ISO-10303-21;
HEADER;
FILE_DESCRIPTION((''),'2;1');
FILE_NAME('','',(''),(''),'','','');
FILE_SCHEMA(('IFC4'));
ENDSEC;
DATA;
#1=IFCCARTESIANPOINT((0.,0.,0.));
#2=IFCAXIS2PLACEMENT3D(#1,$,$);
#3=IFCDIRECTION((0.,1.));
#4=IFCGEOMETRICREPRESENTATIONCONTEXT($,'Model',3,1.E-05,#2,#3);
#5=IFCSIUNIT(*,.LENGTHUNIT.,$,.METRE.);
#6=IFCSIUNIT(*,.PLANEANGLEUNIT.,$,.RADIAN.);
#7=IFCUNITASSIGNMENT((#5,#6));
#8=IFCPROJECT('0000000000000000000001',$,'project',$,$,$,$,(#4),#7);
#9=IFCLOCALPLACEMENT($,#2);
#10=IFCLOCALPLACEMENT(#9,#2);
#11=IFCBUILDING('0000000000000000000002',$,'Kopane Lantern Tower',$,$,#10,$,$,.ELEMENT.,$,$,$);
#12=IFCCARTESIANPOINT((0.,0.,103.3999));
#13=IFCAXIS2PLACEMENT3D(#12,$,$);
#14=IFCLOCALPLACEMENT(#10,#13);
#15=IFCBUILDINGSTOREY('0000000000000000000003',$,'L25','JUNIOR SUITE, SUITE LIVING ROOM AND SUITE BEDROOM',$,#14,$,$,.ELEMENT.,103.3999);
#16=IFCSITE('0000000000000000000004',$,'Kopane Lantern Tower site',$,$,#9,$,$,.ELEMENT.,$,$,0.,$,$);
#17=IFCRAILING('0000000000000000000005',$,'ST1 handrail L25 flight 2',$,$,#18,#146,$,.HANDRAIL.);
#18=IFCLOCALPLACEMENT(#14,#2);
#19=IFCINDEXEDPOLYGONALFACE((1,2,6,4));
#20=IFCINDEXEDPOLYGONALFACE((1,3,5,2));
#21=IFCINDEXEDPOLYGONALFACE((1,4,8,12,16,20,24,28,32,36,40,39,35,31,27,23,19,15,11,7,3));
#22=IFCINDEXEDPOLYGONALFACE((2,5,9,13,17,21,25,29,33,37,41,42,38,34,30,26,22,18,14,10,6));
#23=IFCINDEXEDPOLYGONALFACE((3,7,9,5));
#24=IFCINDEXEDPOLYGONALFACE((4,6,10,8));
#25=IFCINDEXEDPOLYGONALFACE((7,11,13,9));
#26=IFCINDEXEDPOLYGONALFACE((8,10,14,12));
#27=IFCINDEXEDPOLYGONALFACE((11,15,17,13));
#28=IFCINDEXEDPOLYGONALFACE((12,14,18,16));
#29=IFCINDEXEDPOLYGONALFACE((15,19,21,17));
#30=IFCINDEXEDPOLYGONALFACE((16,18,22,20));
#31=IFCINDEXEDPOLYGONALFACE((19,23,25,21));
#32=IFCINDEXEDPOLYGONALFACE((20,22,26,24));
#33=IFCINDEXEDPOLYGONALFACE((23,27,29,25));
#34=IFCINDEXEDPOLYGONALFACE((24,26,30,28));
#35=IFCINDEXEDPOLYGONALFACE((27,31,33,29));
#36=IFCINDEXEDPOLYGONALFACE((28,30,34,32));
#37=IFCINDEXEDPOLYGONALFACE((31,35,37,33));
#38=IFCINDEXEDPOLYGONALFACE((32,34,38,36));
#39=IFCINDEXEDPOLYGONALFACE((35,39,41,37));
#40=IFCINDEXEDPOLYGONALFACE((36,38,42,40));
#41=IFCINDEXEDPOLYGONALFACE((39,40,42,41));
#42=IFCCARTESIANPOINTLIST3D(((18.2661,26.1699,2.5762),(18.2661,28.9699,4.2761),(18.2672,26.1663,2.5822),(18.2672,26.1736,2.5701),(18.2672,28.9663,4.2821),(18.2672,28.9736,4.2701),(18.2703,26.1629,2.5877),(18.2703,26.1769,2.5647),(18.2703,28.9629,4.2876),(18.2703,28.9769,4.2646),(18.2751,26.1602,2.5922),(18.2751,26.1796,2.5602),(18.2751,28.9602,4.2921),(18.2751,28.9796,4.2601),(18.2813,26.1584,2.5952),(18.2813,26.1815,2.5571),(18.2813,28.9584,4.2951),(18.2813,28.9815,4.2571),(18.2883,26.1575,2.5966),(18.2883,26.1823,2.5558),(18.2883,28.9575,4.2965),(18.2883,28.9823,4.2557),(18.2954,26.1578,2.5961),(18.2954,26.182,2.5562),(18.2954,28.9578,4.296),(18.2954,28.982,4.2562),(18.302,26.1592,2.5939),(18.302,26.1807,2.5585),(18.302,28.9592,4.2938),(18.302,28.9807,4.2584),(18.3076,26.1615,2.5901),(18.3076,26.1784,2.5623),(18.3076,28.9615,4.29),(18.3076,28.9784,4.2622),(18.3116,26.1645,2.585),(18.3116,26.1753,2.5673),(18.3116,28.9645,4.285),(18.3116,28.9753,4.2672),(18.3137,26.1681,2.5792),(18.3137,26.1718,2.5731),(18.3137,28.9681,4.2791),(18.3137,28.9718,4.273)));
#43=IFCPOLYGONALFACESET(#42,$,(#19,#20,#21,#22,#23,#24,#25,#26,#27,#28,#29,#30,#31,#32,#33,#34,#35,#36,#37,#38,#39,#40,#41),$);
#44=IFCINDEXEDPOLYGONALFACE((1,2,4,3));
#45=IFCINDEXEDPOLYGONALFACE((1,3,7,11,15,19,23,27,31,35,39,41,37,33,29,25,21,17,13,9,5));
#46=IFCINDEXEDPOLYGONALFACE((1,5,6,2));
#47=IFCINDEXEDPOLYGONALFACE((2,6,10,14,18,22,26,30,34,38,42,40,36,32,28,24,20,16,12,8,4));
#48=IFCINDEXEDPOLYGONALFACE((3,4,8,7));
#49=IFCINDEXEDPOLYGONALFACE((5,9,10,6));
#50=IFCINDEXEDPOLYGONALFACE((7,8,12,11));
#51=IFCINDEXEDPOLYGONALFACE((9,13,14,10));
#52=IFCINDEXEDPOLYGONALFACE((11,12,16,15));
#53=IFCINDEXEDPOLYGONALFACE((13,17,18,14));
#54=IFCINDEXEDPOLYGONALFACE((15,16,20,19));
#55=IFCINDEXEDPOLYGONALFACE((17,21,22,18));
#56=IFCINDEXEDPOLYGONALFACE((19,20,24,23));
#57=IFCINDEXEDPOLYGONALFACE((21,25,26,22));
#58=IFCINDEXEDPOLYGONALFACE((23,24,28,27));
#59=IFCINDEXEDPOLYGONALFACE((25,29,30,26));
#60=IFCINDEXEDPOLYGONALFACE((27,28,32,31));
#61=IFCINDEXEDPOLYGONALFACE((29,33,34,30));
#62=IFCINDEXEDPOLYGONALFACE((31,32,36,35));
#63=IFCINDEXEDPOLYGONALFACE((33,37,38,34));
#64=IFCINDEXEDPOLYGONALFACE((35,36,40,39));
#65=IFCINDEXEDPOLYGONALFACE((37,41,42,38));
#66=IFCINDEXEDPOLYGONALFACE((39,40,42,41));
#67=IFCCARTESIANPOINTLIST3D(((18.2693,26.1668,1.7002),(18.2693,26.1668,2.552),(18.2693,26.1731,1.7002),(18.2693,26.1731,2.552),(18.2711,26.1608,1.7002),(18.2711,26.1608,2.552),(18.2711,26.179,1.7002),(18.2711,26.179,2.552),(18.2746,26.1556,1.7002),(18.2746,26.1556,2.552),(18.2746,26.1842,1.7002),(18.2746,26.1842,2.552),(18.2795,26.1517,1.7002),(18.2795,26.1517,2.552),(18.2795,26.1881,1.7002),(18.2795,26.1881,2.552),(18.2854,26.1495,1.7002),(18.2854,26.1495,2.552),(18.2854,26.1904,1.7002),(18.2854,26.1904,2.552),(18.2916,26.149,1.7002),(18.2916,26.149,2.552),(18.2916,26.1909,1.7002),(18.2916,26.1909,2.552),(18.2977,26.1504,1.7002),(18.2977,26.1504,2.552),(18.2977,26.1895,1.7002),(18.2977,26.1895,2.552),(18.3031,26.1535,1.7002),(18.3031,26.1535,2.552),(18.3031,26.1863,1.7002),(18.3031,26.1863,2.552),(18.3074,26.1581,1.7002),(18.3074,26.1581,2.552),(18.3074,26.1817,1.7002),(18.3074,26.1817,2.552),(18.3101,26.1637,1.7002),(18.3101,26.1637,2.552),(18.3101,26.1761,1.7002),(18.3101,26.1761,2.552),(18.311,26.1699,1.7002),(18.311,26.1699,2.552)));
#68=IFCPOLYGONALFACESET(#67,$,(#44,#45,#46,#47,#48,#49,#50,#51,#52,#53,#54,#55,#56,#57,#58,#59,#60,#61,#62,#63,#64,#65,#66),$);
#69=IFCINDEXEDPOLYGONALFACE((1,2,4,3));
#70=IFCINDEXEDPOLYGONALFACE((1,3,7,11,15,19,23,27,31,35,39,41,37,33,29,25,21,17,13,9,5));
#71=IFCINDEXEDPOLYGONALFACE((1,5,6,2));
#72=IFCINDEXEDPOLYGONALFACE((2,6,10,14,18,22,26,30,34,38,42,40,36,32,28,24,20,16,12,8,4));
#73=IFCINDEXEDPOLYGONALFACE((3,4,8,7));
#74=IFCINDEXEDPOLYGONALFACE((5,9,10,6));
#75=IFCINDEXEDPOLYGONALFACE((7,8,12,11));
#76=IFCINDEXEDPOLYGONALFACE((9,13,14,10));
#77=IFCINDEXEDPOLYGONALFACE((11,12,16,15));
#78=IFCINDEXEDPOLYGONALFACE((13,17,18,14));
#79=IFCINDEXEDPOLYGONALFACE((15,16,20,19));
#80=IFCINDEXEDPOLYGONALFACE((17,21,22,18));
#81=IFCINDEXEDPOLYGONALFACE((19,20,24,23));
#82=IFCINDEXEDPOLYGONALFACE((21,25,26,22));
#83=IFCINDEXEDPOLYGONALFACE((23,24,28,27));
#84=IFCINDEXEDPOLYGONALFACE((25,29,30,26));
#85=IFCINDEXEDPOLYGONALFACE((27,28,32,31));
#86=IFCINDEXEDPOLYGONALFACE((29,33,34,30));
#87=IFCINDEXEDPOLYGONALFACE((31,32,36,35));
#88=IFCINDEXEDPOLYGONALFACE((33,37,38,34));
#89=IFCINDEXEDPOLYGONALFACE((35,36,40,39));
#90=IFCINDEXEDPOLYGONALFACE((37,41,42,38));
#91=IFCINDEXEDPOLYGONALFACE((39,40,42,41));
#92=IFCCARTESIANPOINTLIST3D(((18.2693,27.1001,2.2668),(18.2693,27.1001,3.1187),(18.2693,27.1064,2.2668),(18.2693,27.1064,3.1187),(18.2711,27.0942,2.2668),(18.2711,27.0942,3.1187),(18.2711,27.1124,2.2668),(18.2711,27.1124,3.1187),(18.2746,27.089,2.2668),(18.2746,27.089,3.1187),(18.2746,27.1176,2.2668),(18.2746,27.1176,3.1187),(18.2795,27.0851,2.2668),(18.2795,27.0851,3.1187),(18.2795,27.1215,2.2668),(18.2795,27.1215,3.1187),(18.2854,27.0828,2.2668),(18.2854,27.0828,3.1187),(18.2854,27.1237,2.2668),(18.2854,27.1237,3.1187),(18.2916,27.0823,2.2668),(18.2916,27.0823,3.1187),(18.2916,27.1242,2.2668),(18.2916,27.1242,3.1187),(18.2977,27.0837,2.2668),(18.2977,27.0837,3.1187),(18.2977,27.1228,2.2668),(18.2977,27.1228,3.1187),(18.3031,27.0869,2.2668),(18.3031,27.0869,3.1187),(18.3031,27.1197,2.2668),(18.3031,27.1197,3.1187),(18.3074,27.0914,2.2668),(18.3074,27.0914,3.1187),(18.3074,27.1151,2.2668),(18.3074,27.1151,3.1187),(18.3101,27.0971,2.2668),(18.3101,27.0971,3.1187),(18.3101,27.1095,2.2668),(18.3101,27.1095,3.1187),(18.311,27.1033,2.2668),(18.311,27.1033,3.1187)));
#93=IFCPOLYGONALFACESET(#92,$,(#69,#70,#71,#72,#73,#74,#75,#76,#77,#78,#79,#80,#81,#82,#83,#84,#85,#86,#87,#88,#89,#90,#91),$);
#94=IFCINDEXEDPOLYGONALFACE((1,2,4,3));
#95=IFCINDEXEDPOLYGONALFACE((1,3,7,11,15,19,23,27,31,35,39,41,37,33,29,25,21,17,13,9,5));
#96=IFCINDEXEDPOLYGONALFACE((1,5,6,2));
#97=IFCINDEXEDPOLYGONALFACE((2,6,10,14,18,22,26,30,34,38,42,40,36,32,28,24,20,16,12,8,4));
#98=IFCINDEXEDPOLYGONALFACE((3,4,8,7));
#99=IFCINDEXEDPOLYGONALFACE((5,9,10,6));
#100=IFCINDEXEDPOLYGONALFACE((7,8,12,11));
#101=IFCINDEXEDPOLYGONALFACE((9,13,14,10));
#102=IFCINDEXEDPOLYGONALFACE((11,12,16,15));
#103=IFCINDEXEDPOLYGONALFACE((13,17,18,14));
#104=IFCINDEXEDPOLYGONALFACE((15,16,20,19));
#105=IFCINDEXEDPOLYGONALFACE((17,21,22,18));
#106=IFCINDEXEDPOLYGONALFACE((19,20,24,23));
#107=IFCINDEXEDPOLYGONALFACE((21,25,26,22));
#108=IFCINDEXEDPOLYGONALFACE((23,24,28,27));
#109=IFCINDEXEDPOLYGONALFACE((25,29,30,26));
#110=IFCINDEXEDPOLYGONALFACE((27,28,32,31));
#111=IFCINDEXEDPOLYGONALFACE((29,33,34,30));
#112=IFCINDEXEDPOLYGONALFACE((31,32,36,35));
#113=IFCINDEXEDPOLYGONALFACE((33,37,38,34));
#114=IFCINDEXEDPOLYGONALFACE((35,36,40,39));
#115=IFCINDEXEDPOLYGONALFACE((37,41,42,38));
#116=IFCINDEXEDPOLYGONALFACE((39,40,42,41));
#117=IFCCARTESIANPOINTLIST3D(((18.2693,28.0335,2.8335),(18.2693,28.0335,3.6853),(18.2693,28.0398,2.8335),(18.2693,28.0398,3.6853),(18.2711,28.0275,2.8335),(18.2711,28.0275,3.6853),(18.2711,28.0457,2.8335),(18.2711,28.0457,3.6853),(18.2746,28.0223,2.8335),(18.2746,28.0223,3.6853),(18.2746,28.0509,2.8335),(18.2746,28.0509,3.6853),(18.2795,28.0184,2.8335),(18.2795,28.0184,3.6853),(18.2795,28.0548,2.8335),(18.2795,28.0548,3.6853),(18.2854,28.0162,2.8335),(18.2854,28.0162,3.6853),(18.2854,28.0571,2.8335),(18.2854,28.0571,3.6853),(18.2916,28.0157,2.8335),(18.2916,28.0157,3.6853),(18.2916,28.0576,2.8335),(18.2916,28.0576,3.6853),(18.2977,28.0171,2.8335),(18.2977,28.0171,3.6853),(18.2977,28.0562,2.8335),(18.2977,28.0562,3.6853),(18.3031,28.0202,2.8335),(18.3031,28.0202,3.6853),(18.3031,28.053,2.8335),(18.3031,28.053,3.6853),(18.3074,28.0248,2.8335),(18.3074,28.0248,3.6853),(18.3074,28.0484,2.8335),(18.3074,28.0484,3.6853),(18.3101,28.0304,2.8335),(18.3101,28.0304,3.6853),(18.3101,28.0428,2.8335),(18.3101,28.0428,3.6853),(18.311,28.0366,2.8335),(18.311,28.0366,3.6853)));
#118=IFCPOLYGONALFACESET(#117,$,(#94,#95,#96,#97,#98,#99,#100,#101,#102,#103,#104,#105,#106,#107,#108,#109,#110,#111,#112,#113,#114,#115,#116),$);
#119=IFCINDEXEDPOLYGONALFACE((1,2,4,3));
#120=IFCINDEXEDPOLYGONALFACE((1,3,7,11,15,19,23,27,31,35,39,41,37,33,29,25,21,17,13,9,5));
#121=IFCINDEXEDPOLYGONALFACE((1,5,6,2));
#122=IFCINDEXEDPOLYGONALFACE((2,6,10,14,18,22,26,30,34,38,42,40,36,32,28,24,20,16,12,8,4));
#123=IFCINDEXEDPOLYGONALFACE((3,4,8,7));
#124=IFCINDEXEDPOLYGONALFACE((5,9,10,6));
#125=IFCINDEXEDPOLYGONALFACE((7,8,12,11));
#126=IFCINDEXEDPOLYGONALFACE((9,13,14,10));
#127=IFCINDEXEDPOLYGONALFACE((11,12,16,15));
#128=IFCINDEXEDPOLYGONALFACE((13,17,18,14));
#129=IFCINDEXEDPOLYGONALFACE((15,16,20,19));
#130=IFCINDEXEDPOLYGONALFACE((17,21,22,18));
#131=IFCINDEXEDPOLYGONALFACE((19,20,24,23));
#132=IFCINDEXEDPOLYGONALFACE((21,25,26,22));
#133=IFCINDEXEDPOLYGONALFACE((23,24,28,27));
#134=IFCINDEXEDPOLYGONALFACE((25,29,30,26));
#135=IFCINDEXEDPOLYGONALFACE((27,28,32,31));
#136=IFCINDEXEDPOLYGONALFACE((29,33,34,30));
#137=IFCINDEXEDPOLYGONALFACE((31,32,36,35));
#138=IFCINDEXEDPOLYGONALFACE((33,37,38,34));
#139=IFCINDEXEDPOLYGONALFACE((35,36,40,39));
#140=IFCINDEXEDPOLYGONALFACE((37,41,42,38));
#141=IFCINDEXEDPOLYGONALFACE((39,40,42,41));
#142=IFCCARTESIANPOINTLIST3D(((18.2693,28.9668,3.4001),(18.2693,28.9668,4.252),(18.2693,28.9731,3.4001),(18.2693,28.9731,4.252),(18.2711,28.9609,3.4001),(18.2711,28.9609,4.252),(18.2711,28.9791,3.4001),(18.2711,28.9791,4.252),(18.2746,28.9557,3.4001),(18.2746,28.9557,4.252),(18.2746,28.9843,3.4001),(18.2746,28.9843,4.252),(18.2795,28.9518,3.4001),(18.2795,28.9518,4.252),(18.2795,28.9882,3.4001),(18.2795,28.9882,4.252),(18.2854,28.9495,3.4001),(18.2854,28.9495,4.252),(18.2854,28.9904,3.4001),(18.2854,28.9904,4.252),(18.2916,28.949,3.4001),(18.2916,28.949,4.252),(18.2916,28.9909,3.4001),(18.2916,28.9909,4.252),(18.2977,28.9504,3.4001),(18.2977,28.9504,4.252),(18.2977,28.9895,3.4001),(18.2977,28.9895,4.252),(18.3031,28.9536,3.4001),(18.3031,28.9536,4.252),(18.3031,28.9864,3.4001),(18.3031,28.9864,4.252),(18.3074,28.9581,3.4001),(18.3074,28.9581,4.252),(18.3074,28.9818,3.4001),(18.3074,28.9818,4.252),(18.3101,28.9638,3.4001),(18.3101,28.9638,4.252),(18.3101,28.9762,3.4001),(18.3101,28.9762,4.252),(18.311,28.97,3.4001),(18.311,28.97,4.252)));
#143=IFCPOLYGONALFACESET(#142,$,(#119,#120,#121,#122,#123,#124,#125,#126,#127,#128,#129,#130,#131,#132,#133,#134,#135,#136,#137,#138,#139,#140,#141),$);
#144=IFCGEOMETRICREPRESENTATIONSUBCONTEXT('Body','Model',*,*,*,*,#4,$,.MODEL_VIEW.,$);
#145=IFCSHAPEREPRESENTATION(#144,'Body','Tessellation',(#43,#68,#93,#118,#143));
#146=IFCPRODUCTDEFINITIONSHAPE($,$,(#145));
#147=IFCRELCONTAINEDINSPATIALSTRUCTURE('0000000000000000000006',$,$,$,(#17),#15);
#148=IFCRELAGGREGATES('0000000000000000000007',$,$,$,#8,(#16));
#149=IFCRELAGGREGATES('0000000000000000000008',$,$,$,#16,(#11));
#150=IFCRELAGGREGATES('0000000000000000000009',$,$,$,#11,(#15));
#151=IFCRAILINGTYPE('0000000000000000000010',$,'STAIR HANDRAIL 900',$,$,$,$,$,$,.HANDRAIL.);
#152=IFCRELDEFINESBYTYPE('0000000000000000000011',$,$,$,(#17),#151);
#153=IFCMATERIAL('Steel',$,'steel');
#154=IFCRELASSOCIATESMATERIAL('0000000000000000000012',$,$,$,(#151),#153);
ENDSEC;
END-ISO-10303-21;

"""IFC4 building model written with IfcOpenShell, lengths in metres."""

from ifc_helpers import new_model, si_unit, direction, frame, origin, origin_2d, place, context, subcontext, project, spatial, circle, extrude, material, type_object, element, save


model = new_model("IFC4")

# Units and contexts
model_context = context("Model", 3, precision=1e-05, world=origin(), true_north=direction((0.0, 1.0)))
body_context = subcontext(model_context, "Body", "Model", "MODEL_VIEW")
ifc_project = project(units=[si_unit("LENGTHUNIT", "METRE"), si_unit("PLANEANGLEUNIT", "RADIAN")], contexts=[model_context])

# Site, building, storey
site_placement = place(None, origin())
site = spatial("IfcSite", under=ifc_project, at=site_placement, Name="Kopane Lantern Tower site", CompositionType="ELEMENT", RefElevation=0.0)
building_placement = place(site_placement, origin())
building = spatial("IfcBuilding", under=site, at=building_placement, Name="Kopane Lantern Tower", CompositionType="ELEMENT")
storey_placement = place(building_placement, frame((0.0, 0.0, 103.3999)))
storey = spatial("IfcBuildingStorey", under=building, at=storey_placement, Name="L25", Description="JUNIOR SUITE, SUITE LIVING ROOM AND SUITE BEDROOM", CompositionType="ELEMENT", Elevation=103.3999)

# Railing
ifc_material_1 = material(Name="Steel", Category="steel")
railing_type = type_object("IfcRailingType", Name="STAIR HANDRAIL 900", PredefinedType="HANDRAIL", material=ifc_material_1)
for number, where, name in (
    (1, (18.29, 26.1699, 1.7002), "ST1 handrail L25 flight 2"),
):
    element("IfcRailing", number, at=place(storey_placement, frame(where)), inside=storey, type_object=railing_type, Name=name, PredefinedType="HANDRAIL", context=body_context, shape_type="SweptSolid", body=[
        extrude(circle(Radius=0.0239, at=origin_2d()), frame((0.0, 0.0, 0.876), z_axis=(0.0, 0.854798, 0.518961), x_axis=(-1.0, 0.0, 0.0)), (0.0, 0.0, 1.0), 3.2756),
        extrude(circle(Radius=0.021, at=origin_2d()), origin(), (0.0, 0.0, 1.0), 0.8518),
        extrude(circle(Radius=0.021, at=origin_2d()), frame((0.0, 0.9333, 0.5667)), (0.0, 0.0, 1.0), 0.8518),
        extrude(circle(Radius=0.021, at=origin_2d()), frame((0.0, 1.8667, 1.1333)), (0.0, 0.0, 1.0), 0.8518),
        extrude(circle(Radius=0.021, at=origin_2d()), frame((0.0, 2.8, 1.7)), (0.0, 0.0, 1.0), 0.8518),
    ])

save(model, "model.ifc")
